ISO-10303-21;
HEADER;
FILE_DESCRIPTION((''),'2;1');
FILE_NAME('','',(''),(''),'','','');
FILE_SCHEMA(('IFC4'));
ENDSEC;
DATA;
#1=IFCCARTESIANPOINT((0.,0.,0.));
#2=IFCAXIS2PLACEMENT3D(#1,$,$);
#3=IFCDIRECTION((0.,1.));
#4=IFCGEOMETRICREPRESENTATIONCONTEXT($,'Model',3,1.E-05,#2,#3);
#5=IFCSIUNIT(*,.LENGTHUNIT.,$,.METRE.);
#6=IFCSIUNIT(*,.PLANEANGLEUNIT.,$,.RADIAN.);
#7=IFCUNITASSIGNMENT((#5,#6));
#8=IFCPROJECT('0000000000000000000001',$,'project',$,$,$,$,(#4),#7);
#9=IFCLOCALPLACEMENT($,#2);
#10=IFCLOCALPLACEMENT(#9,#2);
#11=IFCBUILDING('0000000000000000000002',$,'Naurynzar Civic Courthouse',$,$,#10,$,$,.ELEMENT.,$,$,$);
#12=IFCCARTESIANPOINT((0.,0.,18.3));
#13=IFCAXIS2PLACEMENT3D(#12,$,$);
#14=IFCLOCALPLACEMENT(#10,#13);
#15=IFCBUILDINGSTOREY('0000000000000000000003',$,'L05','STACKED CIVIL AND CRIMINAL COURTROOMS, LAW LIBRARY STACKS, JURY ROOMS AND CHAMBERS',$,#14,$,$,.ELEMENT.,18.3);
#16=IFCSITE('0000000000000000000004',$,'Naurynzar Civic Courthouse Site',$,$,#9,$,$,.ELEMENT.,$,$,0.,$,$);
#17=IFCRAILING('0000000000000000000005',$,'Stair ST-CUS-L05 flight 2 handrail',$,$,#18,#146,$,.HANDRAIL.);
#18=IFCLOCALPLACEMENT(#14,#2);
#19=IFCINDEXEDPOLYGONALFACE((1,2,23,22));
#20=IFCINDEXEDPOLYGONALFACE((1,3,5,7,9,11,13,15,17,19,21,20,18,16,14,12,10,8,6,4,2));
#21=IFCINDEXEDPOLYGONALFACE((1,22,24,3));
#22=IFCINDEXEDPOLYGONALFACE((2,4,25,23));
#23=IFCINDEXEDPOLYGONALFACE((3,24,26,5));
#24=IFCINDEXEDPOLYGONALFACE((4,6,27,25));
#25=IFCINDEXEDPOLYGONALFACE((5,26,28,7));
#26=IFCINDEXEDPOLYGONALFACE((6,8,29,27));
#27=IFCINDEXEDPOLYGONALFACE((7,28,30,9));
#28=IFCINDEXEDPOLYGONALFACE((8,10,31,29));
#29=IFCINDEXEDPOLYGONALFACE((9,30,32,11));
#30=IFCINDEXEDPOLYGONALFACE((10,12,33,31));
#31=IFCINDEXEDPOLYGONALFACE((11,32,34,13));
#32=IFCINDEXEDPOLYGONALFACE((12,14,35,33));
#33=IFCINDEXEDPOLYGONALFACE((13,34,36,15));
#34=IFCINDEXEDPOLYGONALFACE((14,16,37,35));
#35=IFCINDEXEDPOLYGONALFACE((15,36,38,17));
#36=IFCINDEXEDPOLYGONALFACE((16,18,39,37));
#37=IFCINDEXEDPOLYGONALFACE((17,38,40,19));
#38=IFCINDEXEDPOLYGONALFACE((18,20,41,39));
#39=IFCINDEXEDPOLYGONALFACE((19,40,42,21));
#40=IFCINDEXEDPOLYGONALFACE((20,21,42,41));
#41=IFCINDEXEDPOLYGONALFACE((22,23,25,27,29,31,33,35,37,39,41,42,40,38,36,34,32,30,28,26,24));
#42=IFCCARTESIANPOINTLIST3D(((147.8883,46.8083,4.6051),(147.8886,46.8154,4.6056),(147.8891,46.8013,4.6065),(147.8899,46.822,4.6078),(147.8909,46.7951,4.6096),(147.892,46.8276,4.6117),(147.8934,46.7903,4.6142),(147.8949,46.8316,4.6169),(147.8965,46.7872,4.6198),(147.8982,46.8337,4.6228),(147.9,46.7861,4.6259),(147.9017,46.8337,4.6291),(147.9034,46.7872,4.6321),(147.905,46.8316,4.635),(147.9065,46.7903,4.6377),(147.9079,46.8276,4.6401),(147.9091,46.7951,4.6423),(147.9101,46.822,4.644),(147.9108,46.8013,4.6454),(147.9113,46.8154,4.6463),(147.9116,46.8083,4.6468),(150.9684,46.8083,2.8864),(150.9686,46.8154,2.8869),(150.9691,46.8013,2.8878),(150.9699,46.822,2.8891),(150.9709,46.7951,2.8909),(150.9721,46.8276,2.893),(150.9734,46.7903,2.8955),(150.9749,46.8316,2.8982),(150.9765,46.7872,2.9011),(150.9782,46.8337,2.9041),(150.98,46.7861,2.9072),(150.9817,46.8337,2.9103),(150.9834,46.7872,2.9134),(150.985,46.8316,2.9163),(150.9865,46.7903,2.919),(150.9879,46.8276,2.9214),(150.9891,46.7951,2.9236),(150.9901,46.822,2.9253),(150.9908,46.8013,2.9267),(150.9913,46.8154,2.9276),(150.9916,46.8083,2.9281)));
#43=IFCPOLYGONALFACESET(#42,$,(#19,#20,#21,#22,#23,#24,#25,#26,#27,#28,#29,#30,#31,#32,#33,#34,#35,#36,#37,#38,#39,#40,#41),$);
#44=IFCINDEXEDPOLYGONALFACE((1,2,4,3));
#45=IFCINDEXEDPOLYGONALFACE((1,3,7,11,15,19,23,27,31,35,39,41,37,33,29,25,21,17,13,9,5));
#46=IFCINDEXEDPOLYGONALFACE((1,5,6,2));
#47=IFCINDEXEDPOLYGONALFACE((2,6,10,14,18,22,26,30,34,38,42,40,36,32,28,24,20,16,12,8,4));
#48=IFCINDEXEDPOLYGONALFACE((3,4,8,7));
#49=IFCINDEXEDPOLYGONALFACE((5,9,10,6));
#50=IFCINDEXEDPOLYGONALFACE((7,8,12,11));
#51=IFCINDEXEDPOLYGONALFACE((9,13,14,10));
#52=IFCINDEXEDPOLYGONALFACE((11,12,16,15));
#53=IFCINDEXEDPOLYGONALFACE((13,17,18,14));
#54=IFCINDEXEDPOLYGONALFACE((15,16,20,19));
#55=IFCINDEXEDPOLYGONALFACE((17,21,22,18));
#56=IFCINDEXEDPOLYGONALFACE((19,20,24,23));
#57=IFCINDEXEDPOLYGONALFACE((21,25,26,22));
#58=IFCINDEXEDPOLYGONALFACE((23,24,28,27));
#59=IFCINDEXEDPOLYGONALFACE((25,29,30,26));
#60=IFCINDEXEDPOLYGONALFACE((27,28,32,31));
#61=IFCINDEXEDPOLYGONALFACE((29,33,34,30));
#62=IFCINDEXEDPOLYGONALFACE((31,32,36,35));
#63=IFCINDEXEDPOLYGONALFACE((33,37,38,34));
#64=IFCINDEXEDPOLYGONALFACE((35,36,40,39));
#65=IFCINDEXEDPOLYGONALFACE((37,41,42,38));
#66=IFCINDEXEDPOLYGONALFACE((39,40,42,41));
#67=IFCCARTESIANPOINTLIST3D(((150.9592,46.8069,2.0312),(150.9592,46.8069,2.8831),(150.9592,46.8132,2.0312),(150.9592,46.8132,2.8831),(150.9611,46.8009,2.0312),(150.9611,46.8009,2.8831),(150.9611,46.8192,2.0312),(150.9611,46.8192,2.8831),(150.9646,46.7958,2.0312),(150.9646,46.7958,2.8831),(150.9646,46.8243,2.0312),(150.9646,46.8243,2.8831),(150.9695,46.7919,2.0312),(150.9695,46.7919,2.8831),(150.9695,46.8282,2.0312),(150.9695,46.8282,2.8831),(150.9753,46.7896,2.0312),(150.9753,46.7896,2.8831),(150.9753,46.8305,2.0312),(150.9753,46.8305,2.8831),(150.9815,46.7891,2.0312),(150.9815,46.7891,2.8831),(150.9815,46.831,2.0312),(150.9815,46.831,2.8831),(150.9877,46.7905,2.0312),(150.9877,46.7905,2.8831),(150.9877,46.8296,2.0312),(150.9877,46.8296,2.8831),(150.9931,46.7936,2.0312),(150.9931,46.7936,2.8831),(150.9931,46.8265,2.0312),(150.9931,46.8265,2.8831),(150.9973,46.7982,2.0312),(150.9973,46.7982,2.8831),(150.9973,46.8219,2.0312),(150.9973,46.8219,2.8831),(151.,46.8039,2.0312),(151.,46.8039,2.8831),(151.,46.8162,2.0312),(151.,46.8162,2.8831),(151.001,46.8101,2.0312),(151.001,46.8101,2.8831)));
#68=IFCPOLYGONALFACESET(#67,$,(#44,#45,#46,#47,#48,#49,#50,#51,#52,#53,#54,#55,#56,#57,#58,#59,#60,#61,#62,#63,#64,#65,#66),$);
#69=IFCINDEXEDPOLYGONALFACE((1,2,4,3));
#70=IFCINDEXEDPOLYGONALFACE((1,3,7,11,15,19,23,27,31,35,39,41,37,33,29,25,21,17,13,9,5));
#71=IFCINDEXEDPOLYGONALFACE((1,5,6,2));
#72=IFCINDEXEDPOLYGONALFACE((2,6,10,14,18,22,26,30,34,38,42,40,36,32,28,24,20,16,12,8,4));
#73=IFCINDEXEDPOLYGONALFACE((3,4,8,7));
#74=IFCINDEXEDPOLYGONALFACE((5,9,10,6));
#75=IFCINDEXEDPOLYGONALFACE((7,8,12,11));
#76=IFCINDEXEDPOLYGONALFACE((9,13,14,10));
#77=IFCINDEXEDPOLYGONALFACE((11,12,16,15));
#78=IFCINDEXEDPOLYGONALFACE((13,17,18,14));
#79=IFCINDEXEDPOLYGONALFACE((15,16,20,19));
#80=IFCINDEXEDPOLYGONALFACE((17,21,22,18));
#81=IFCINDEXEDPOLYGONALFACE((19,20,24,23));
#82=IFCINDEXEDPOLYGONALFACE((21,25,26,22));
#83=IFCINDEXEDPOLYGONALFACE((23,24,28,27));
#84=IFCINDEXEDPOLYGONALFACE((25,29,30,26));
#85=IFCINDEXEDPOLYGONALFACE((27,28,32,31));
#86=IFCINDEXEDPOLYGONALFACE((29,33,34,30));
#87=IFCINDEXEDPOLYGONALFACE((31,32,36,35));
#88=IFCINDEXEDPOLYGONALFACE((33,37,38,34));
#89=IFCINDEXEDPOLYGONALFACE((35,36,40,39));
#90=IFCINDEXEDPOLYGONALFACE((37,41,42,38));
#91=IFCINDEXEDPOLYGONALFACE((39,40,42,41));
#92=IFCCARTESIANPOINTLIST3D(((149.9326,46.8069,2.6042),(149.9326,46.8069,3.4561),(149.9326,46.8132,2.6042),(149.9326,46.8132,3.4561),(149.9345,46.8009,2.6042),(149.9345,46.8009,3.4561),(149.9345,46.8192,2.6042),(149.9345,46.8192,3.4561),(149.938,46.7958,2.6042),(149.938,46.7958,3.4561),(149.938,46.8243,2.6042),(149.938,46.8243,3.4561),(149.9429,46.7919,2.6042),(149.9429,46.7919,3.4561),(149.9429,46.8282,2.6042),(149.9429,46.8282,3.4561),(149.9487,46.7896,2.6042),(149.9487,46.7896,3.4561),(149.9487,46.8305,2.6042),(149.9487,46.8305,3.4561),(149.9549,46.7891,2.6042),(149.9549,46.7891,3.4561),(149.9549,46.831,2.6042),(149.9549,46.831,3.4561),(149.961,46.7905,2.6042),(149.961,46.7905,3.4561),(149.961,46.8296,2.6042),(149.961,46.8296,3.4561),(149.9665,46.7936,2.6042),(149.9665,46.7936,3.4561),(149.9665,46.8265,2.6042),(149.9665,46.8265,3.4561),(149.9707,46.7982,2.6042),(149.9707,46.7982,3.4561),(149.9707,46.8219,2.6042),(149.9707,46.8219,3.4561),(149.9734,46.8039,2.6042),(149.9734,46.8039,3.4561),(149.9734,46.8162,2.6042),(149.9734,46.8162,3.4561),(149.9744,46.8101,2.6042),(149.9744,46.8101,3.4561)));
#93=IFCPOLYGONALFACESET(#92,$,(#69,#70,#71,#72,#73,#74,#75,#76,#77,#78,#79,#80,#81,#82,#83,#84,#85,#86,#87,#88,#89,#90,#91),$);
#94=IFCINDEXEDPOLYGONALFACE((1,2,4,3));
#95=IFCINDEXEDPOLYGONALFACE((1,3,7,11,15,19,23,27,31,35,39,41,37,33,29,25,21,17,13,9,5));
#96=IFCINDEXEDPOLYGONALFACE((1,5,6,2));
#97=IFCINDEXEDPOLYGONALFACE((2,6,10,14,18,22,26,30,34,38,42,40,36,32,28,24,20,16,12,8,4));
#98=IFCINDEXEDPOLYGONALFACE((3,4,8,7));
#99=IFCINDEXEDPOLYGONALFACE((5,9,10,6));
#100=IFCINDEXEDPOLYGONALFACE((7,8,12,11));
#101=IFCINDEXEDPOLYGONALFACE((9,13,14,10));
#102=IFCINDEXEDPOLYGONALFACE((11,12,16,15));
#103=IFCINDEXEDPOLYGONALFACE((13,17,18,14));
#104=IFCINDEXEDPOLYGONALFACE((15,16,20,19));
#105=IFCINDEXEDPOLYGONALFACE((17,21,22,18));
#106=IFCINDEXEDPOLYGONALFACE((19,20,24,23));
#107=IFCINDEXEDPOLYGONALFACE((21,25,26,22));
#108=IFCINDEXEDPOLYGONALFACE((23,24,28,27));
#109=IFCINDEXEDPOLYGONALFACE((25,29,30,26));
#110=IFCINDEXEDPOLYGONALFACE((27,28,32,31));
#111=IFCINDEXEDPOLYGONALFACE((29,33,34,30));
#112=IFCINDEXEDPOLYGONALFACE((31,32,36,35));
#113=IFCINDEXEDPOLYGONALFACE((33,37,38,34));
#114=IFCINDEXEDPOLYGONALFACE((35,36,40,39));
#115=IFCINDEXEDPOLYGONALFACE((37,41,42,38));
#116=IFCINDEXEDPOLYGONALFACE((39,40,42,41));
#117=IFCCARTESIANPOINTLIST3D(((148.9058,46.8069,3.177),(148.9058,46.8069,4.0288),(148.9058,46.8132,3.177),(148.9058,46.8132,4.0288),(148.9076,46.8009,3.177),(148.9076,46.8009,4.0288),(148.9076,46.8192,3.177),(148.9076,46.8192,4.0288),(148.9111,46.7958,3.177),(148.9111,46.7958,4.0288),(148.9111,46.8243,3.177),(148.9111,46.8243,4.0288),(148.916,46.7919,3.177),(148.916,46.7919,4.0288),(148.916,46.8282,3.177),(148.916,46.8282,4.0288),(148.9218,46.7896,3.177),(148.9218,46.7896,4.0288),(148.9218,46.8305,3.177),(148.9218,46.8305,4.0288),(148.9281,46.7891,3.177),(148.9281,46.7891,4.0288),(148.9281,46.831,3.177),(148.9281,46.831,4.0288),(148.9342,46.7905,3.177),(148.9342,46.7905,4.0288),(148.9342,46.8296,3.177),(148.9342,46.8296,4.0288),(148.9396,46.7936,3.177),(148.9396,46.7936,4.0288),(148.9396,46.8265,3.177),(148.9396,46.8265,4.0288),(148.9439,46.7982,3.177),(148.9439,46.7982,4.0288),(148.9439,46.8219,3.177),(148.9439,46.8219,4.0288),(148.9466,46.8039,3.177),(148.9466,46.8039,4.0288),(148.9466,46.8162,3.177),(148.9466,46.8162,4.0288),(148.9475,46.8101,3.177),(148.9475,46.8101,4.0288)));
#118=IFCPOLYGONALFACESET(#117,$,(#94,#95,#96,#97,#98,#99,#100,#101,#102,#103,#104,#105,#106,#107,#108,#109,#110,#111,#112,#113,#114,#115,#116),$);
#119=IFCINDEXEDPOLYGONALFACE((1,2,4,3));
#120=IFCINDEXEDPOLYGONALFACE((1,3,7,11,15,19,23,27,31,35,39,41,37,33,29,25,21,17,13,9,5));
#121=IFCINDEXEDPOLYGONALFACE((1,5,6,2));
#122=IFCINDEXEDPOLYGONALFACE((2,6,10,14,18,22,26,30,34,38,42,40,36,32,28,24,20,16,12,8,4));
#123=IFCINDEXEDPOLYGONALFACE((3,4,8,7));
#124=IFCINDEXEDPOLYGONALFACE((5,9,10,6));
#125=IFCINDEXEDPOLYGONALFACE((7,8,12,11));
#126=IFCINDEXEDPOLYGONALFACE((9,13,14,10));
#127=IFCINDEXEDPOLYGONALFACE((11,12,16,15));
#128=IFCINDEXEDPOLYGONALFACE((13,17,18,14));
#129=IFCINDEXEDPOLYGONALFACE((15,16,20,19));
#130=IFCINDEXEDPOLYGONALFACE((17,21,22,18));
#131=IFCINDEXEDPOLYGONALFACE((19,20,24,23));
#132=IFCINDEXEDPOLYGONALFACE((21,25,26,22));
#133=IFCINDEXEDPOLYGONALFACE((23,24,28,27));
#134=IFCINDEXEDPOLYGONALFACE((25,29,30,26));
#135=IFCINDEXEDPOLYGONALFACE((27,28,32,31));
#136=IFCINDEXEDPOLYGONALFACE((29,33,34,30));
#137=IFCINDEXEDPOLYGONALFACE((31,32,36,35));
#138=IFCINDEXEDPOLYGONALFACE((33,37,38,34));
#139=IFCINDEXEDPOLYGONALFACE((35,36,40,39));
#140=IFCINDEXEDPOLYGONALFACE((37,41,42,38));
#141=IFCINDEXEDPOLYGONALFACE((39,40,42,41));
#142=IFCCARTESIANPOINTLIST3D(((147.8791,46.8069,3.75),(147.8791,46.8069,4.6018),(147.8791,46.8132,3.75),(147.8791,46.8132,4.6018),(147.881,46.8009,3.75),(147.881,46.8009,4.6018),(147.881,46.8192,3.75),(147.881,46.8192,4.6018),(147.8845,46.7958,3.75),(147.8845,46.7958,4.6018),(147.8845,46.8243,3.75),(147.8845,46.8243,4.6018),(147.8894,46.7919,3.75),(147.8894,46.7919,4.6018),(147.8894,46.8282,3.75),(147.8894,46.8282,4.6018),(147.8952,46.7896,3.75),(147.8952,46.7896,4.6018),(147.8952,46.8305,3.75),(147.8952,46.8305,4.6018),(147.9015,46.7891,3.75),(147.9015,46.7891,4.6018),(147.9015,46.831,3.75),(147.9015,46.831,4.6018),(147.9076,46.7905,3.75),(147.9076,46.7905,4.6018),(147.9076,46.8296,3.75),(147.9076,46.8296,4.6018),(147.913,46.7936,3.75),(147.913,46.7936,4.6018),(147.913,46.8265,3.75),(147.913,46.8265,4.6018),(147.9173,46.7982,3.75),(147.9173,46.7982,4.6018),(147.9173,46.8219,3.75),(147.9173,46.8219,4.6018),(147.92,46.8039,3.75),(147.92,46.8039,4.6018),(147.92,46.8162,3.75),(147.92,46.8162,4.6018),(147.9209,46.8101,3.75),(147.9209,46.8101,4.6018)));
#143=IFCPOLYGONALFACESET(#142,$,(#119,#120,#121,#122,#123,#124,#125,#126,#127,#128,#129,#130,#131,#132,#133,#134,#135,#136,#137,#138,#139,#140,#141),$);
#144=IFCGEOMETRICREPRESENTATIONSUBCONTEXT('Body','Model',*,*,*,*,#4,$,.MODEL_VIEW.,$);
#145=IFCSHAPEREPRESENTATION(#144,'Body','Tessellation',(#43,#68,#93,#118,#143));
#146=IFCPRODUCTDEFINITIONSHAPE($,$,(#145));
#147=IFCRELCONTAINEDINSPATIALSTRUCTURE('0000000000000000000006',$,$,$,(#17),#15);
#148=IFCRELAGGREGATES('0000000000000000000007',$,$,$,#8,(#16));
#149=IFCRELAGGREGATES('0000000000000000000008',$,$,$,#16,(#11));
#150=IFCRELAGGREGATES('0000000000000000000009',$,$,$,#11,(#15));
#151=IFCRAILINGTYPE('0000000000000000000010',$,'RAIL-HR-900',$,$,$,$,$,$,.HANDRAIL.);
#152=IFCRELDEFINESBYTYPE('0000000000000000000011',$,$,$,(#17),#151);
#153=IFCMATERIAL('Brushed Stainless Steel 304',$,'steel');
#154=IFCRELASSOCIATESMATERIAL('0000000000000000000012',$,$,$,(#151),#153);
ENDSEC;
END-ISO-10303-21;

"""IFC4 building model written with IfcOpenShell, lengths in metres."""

from ifc_helpers import new_model, si_unit, direction, frame, origin, origin_2d, place, context, subcontext, project, spatial, circle, extrude, material, type_object, element, save


model = new_model("IFC4")

# Units and contexts
model_context = context("Model", 3, precision=1e-05, world=origin(), true_north=direction((0.0, 1.0)))
body_context = subcontext(model_context, "Body", "Model", "MODEL_VIEW")
ifc_project = project(units=[si_unit("LENGTHUNIT", "METRE"), si_unit("PLANEANGLEUNIT", "RADIAN")], contexts=[model_context])

# Site, building, storey
site_placement = place(None, origin())
site = spatial("IfcSite", under=ifc_project, at=site_placement, Name="Naurynzar Civic Courthouse Site", CompositionType="ELEMENT", RefElevation=0.0)
building_placement = place(site_placement, origin())
building = spatial("IfcBuilding", under=site, at=building_placement, Name="Naurynzar Civic Courthouse", CompositionType="ELEMENT")
storey_placement = place(building_placement, frame((0.0, 0.0, 18.3)))
storey = spatial("IfcBuildingStorey", under=building, at=storey_placement, Name="L05", Description="STACKED CIVIL AND CRIMINAL COURTROOMS, LAW LIBRARY STACKS, JURY ROOMS AND CHAMBERS", CompositionType="ELEMENT", Elevation=18.3)

# Railing
ifc_material_1 = material(Name="Brushed Stainless Steel 304", Category="steel")
railing_type_1 = type_object("IfcRailingType", Name="RAIL-HR-900", PredefinedType="HANDRAIL", material=ifc_material_1)
railing_1_placement = place(storey_placement, frame((150.98, 46.8101, 2.0312)))
element("IfcRailing", 1, at=railing_1_placement, inside=storey, type_object=railing_type_1, Name="Stair ST-CUS-L05 flight 2 handrail", PredefinedType="HANDRAIL", context=body_context, shape_type="SweptSolid", body=[
    extrude(circle(Radius=0.0239, at=origin_2d()), frame((0.0, 0.0, 0.876), z_axis=(-0.873242, 0.0, 0.487288), x_axis=(0.0, -1.0, 0.0)), (0.0, 0.0, 1.0), 3.5271),
    extrude(circle(Radius=0.021, at=origin_2d()), origin(), (0.0, 0.0, 1.0), 0.8518),
    extrude(circle(Radius=0.021, at=origin_2d()), frame((-1.0266, 0.0, 0.573)), (0.0, 0.0, 1.0), 0.8518),
    extrude(circle(Radius=0.021, at=origin_2d()), frame((-2.0535, 0.0, 1.1458)), (0.0, 0.0, 1.0), 0.8518),
    extrude(circle(Radius=0.021, at=origin_2d()), frame((-3.0801, 0.0, 1.7188)), (0.0, 0.0, 1.0), 0.8518),
])

save(model, "model.ifc")
